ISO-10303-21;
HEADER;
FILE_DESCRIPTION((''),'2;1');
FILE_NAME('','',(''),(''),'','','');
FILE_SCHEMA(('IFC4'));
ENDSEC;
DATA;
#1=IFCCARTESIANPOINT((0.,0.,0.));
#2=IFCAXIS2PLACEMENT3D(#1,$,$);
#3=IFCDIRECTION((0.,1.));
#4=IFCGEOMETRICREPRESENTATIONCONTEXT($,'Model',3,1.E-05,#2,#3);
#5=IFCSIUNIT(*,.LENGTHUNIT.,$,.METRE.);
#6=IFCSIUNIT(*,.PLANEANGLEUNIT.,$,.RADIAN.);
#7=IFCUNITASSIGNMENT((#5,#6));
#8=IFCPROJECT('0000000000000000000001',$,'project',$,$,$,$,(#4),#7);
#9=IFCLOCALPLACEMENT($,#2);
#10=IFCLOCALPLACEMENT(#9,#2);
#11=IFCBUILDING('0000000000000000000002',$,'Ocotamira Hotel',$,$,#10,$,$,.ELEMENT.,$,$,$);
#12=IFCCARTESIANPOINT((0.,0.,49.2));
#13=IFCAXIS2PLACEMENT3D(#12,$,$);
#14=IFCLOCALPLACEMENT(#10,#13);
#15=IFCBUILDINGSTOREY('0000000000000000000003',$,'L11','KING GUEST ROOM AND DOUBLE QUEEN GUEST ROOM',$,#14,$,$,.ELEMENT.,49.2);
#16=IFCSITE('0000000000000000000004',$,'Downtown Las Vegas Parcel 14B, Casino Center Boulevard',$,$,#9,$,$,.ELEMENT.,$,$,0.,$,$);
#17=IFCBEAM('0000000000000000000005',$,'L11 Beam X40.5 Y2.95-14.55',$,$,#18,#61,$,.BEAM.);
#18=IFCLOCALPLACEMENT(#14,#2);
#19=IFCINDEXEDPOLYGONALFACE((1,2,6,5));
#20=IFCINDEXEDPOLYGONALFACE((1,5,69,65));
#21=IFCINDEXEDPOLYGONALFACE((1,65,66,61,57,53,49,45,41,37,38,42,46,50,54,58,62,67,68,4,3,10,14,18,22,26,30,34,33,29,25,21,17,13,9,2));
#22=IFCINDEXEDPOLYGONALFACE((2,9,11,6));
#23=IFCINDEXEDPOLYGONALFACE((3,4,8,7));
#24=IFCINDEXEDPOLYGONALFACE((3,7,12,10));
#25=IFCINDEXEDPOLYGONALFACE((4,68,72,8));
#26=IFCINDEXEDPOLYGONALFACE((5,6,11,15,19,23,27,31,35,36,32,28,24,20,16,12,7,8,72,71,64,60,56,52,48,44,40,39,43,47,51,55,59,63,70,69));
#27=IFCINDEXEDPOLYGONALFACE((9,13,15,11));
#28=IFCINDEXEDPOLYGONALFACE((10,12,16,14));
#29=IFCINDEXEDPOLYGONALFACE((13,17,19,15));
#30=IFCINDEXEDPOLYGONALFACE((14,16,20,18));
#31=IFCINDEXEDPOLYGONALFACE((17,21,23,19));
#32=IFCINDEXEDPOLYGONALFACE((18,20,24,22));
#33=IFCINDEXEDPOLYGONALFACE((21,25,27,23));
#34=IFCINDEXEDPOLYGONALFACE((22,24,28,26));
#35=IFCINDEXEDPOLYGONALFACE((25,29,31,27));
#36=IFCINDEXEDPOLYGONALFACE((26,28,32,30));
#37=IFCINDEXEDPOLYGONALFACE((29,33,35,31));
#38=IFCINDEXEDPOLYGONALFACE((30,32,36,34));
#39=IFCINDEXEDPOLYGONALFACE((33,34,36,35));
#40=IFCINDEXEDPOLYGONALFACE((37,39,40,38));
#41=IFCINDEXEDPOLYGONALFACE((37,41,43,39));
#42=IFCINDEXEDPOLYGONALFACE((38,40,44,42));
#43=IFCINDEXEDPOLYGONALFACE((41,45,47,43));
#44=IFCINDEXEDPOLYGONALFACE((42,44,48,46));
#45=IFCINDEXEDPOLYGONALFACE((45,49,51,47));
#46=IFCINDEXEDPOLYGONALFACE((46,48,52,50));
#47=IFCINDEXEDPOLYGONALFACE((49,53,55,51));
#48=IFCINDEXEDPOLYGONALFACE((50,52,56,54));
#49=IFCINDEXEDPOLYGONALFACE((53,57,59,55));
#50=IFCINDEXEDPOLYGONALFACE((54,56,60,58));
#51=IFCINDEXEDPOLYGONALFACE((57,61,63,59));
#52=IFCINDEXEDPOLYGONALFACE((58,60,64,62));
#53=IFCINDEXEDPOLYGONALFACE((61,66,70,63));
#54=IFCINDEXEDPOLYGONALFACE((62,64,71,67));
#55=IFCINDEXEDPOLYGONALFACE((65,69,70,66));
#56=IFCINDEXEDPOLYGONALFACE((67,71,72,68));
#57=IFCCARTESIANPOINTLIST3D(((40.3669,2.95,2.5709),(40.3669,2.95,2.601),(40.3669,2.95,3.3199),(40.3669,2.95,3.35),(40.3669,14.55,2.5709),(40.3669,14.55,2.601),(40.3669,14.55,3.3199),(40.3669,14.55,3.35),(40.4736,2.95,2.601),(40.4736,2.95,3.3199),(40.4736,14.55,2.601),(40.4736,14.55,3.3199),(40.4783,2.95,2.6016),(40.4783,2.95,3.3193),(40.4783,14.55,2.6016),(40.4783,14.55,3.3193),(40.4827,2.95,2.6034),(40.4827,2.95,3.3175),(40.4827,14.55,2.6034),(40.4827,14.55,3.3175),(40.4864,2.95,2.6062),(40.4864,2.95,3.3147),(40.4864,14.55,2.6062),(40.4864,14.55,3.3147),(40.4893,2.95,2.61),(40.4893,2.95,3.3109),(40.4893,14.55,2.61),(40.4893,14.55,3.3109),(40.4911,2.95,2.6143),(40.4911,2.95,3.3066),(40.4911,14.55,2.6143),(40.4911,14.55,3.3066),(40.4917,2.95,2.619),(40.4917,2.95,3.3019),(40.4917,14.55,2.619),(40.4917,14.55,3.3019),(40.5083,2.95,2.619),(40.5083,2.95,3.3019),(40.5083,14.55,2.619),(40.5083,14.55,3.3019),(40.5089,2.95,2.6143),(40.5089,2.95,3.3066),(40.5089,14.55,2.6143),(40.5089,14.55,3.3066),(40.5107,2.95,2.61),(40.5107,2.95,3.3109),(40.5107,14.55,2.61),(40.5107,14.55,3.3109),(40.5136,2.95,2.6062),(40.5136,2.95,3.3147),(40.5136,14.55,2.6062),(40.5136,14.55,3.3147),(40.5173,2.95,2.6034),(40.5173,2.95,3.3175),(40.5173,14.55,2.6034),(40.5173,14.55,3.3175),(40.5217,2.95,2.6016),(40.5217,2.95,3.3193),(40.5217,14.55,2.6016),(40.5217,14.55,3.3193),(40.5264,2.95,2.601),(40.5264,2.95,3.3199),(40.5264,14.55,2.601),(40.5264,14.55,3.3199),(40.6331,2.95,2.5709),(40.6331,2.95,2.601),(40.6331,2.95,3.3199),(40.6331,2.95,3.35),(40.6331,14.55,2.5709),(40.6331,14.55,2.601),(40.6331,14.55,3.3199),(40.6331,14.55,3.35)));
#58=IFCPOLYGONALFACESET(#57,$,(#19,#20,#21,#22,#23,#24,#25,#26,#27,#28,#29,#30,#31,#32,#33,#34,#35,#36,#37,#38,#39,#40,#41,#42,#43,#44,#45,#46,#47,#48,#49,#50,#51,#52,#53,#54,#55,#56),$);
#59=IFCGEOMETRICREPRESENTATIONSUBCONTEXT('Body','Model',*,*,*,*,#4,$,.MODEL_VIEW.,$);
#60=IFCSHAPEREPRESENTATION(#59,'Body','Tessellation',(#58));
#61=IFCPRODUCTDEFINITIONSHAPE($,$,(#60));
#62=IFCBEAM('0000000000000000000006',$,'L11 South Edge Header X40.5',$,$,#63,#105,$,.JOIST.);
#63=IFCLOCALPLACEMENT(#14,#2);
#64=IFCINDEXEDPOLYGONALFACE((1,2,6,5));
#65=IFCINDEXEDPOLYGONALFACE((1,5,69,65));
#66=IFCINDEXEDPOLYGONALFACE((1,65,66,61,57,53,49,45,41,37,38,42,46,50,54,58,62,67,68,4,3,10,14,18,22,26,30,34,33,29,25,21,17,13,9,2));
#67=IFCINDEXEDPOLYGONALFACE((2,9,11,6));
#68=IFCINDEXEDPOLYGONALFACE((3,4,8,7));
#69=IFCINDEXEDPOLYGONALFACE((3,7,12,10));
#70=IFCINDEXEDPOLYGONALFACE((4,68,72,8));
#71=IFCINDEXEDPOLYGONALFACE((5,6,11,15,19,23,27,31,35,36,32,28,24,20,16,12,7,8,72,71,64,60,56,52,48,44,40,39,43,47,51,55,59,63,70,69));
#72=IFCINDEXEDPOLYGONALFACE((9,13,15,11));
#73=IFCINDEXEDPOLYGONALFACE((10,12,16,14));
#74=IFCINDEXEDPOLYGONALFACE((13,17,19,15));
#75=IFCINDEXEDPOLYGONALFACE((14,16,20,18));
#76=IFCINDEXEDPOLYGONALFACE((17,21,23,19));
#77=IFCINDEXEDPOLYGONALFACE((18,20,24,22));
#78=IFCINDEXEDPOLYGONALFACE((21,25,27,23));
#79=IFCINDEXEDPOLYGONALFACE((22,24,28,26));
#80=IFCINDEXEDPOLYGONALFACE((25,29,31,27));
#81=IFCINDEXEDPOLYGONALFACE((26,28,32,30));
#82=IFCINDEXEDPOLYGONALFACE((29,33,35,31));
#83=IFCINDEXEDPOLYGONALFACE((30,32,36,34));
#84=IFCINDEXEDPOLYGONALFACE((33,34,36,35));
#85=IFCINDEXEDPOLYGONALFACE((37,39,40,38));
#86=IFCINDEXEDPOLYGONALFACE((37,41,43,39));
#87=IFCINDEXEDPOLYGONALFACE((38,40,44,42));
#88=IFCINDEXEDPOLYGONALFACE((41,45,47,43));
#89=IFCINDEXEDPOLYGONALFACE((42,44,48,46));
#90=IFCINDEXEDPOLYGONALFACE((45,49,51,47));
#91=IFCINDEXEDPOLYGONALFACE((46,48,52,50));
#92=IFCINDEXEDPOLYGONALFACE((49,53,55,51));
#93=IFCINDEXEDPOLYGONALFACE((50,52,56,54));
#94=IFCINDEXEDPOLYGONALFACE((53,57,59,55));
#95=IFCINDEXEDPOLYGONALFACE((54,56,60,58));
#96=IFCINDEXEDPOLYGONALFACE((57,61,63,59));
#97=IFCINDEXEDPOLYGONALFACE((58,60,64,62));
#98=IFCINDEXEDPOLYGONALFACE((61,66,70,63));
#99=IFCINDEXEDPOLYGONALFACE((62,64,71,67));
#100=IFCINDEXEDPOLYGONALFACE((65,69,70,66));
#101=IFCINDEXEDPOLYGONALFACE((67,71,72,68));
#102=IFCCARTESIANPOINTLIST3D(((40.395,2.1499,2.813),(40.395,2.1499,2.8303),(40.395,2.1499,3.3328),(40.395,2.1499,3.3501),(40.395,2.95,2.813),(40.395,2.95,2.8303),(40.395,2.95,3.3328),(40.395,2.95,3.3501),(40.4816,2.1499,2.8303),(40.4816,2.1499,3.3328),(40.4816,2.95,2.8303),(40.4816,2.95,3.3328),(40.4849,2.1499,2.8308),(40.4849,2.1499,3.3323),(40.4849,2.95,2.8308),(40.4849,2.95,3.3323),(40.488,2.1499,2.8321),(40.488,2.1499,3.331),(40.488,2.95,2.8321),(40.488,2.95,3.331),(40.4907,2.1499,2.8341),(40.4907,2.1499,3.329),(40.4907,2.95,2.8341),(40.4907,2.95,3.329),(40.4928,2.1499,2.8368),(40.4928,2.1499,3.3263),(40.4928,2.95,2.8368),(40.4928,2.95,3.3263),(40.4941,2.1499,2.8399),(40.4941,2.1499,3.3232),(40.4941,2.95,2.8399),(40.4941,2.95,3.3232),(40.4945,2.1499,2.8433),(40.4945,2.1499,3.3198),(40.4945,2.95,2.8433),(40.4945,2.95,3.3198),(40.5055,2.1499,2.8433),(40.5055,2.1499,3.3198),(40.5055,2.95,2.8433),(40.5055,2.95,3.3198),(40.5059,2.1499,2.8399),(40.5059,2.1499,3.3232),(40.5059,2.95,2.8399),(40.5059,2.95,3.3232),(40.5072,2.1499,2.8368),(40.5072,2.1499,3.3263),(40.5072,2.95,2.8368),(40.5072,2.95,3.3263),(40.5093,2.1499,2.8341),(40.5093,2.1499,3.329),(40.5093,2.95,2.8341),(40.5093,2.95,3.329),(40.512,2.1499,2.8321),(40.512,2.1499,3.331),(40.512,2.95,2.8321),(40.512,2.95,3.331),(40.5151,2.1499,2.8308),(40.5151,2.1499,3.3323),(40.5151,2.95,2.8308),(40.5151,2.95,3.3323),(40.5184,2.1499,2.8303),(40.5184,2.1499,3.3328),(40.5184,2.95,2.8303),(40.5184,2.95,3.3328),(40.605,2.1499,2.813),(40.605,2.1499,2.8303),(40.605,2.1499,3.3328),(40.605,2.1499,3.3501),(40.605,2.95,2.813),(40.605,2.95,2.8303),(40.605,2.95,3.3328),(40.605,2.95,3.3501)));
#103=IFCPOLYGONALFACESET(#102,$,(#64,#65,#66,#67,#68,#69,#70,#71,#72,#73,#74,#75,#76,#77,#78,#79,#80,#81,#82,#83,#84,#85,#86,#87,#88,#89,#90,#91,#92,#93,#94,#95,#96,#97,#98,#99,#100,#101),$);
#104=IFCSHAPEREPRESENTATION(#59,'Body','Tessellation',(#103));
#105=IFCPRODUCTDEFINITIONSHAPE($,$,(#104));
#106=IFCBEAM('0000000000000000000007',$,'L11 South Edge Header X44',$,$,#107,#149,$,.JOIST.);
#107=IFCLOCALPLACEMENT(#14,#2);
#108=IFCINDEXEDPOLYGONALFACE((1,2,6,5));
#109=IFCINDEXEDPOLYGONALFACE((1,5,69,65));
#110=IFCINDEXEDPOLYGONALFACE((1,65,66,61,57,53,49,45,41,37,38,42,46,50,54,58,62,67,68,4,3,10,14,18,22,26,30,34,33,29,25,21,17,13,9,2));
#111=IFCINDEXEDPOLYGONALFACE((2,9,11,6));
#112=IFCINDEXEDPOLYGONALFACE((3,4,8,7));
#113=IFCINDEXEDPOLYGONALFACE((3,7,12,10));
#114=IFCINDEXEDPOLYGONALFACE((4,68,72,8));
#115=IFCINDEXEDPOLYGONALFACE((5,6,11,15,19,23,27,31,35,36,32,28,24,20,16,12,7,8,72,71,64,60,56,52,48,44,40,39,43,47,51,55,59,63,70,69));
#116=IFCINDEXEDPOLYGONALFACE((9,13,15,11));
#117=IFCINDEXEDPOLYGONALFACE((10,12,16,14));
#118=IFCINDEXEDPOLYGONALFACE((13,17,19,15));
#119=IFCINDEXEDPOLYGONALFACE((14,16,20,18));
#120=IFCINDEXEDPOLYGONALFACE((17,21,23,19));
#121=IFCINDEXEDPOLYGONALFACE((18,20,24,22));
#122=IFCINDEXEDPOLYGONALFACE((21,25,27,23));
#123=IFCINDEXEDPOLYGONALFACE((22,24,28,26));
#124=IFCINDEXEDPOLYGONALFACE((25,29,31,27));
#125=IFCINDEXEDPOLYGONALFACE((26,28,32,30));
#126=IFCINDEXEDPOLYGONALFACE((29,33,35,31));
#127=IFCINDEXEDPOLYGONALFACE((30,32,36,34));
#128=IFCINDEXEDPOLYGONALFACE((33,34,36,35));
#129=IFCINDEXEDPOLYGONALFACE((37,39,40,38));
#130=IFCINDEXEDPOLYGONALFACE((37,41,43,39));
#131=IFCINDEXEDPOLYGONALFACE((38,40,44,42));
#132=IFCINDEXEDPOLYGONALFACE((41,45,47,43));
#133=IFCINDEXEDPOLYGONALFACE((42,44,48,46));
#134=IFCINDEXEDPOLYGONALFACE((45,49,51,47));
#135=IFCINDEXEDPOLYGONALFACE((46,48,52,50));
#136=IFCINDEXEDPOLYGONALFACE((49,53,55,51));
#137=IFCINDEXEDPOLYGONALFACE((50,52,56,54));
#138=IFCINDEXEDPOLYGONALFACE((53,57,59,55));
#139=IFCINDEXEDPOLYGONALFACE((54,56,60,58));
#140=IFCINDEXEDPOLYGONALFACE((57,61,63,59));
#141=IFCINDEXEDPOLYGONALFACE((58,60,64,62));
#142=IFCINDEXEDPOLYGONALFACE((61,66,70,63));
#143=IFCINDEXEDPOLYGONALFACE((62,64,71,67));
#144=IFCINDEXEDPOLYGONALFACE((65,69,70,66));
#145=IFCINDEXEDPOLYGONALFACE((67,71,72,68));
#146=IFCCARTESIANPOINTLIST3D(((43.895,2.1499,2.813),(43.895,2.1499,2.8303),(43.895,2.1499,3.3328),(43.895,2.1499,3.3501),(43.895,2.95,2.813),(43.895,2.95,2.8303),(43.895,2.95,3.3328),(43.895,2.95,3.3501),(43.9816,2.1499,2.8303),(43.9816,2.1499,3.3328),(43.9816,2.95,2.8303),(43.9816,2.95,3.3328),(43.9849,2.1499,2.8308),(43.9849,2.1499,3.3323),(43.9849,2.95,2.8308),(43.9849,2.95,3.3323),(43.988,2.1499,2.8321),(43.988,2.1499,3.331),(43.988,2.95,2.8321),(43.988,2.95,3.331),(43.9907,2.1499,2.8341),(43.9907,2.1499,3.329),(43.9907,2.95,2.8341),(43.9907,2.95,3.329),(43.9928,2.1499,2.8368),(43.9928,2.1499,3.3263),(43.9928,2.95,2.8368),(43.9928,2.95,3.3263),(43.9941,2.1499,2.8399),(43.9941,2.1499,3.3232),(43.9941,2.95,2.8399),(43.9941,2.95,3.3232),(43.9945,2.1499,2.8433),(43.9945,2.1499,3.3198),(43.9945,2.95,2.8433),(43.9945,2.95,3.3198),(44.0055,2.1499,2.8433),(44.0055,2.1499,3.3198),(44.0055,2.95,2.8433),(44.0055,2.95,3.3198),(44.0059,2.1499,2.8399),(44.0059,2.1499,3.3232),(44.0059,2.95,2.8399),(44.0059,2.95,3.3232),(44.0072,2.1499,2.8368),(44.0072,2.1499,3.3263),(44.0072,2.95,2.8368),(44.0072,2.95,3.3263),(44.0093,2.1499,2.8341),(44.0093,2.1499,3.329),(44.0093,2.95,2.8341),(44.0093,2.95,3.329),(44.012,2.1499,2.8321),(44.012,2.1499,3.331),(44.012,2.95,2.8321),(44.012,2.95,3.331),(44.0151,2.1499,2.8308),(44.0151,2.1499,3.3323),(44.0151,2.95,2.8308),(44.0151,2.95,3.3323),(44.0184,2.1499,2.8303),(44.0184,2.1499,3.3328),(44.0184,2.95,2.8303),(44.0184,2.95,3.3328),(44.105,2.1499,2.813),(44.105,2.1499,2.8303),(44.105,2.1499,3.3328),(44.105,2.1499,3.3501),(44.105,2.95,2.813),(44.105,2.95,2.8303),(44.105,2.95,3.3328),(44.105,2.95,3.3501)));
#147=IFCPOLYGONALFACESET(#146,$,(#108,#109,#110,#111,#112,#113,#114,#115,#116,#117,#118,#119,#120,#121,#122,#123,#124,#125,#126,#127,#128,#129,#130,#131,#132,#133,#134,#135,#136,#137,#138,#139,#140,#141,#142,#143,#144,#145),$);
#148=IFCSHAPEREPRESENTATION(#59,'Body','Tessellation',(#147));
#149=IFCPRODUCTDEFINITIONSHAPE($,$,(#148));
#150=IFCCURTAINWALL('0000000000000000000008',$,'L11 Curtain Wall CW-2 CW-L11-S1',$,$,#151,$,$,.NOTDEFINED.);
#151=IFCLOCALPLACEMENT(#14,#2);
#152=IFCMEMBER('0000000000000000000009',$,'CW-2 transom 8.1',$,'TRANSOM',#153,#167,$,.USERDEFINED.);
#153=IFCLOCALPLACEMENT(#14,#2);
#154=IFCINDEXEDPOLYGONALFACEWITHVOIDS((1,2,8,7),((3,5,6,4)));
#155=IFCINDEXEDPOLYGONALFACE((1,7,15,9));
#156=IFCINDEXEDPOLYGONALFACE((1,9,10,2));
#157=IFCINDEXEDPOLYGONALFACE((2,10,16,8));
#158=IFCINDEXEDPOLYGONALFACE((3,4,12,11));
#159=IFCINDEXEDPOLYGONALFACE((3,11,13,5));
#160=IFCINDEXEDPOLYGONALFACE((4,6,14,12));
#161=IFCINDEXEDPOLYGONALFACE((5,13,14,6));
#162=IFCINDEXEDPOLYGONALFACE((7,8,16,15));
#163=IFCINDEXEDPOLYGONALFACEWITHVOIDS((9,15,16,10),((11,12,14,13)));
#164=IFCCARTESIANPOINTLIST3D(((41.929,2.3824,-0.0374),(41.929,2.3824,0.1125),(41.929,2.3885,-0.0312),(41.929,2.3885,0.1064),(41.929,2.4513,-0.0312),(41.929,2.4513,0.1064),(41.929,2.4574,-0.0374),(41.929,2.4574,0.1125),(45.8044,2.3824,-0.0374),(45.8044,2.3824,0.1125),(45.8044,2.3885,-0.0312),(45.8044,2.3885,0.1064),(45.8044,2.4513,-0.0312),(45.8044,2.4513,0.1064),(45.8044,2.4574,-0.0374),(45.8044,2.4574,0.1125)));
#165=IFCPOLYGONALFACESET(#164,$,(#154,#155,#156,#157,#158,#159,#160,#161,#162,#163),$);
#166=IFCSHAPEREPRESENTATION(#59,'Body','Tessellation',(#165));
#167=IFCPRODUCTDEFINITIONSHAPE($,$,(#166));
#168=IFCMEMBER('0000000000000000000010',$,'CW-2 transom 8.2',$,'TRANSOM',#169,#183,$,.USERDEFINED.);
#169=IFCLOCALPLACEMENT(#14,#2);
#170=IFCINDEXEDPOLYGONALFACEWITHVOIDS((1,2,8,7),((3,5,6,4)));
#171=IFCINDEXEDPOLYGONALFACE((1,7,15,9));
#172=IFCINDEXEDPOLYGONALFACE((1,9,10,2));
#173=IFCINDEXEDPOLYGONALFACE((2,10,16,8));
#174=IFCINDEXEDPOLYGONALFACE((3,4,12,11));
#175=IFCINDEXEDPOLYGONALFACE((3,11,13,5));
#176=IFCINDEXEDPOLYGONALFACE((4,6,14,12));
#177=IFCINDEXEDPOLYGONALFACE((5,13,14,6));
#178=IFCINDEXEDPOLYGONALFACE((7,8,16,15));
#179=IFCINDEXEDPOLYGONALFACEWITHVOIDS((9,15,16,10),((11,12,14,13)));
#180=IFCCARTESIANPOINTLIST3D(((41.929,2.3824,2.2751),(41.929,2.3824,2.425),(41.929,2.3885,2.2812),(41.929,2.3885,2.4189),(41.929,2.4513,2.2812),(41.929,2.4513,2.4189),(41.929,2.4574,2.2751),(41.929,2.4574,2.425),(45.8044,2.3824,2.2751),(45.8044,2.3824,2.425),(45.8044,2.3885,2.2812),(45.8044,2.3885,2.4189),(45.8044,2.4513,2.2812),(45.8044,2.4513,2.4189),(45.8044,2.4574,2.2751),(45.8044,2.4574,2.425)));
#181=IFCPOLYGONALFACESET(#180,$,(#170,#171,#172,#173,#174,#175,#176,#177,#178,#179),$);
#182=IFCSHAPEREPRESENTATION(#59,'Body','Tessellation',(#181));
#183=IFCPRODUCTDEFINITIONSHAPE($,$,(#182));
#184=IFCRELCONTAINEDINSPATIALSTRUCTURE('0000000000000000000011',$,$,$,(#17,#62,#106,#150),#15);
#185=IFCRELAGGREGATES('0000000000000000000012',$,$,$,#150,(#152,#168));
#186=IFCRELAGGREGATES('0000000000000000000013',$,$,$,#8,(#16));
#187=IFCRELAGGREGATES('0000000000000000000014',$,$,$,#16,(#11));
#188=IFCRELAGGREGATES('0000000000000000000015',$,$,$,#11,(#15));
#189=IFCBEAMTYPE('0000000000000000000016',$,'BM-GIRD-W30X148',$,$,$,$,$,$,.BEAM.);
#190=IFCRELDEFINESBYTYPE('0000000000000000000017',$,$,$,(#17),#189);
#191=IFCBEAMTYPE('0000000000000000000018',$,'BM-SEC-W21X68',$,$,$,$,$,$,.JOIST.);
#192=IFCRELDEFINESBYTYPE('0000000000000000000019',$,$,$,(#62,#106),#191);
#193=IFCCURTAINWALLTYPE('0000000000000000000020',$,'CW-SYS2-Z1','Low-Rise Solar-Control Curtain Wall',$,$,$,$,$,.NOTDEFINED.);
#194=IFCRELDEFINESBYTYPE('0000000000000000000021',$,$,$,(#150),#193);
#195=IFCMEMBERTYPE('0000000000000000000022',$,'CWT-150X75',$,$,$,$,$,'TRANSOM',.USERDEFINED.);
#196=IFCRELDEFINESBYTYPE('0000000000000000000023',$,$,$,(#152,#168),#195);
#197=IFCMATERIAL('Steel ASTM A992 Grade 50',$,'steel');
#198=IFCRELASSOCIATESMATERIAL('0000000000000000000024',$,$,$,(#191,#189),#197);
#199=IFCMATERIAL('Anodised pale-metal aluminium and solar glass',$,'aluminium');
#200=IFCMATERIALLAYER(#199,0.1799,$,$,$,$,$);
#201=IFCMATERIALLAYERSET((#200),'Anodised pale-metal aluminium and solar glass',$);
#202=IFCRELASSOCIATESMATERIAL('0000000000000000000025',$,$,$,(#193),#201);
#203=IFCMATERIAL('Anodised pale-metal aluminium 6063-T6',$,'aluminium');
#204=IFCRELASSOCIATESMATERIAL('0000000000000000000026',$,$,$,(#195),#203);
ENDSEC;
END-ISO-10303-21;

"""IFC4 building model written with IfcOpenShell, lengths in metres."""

from ifc_helpers import new_model, si_unit, direction, frame, origin, origin_2d, place, context, subcontext, project, spatial, hollow_rectangle, i_section, extrude, source, transform, mapped, material, layer, layer_set, material_profile, profile_set, type_object, element, aggregate, save


model = new_model("IFC4")

# Units and contexts
model_context = context("Model", 3, precision=1e-05, world=origin(), true_north=direction((0.0, 1.0)))
body_context = subcontext(model_context, "Body", "Model", "MODEL_VIEW")
ifc_project = project(units=[si_unit("LENGTHUNIT", "METRE"), si_unit("PLANEANGLEUNIT", "RADIAN")], contexts=[model_context])

# Site, building, storey
site_placement = place(None, origin())
site = spatial("IfcSite", under=ifc_project, at=site_placement, Name="Downtown Las Vegas Parcel 14B, Casino Center Boulevard", CompositionType="ELEMENT", RefElevation=0.0)
building_placement = place(site_placement, origin())
building = spatial("IfcBuilding", under=site, at=building_placement, Name="Ocotamira Hotel", CompositionType="ELEMENT")
storey_placement = place(building_placement, frame((0.0, 0.0, 49.2)))
storey = spatial("IfcBuildingStorey", under=building, at=storey_placement, Name="L11", Description="KING GUEST ROOM AND DOUBLE QUEEN GUEST ROOM", CompositionType="ELEMENT", Elevation=49.2)

# Beams
ifc_material_1 = material(Name="Steel ASTM A992 Grade 50", Category="steel")
ifc_material_profile_1 = material_profile(ifc_material_1, i_section(OverallWidth=0.21, OverallDepth=0.5371, WebThickness=0.011, FlangeThickness=0.0173, FilletRadius=0.0129, at=origin_2d()), Name="W21X68")
ifc_profile_set_1 = profile_set([ifc_material_profile_1], Name="Steel ASTM A992 Grade 50")
beam_type_1 = type_object("IfcBeamType", Name="BM-SEC-W21X68", PredefinedType="JOIST", material=ifc_profile_set_1)
ifc_material_profile_2 = material_profile(ifc_material_1, i_section(OverallWidth=0.2661, OverallDepth=0.7791, WebThickness=0.0166, FlangeThickness=0.03, FilletRadius=0.0181, at=origin_2d()), Name="W30X148")
ifc_profile_set_2 = profile_set([ifc_material_profile_2], Name="Steel ASTM A992 Grade 50")
beam_type_2 = type_object("IfcBeamType", Name="BM-GIRD-W30X148", PredefinedType="BEAM", material=ifc_profile_set_2)
shared_shape_1 = source(origin(), body_context, "Body", "SweptSolid", [
    extrude(i_section(OverallWidth=0.2661, OverallDepth=0.7791, WebThickness=0.0166, FlangeThickness=0.03, FilletRadius=0.0181, at=origin_2d()), origin(), (0.0, 0.0, 1.0), 11.6001),
])
beam_1_placement = place(storey_placement, frame((40.5, 2.95, 2.9604), z_axis=(0.0, 1.0, 0.0), x_axis=(-1.0, 0.0, 0.0)))
element("IfcBeam", 1, at=beam_1_placement, inside=storey, type_object=beam_type_2, Name="L11 Beam X40.5 Y2.95-14.55", PredefinedType="BEAM", context=body_context, shape_type="MappedRepresentation", body=[
    mapped(shared_shape_1, transform((0.0, 0.0, 0.0), scale=1.0)),
])
shared_shape_2 = source(origin(), body_context, "Body", "SweptSolid", [
    extrude(i_section(OverallWidth=0.21, OverallDepth=0.5371, WebThickness=0.011, FlangeThickness=0.0173, FilletRadius=0.0129, at=origin_2d()), origin(), (0.0, 0.0, 1.0), 0.8),
])
for number, where, z_axis, x_axis, name in (
    (2, (40.5, 2.95, 3.0815), (0.0, -1.0, 0.0), (1.0, 0.0, 0.0), "L11 South Edge Header X40.5"),
    (3, (44.0, 2.95, 3.0815), (0.0, -1.0, 0.0), (1.0, 0.0, 0.0), "L11 South Edge Header X44"),
):
    element("IfcBeam", number, at=place(storey_placement, frame(where, z_axis=z_axis, x_axis=x_axis)), inside=storey, type_object=beam_type_1, Name=name, PredefinedType="JOIST", context=body_context, shape_type="MappedRepresentation", body=[
        mapped(shared_shape_2, transform((0.0, 0.0, 0.0), scale=1.0)),
    ])

# Curtain wall, members
ifc_material_2 = material(Name="Anodised pale-metal aluminium and solar glass", Category="aluminium")
ifc_layer_1 = layer(ifc_material_2, 0.1799)
ifc_layer_set_1 = layer_set([ifc_layer_1], Name="Anodised pale-metal aluminium and solar glass")
curtain_wall_type = type_object("IfcCurtainWallType", Name="CW-SYS2-Z1", Description="Low-Rise Solar-Control Curtain Wall", PredefinedType="NOTDEFINED", material=ifc_layer_set_1)
curtain_wall_placement = place(storey_placement, origin())
curtain_wall = element("IfcCurtainWall", 4, at=curtain_wall_placement, inside=storey, type_object=curtain_wall_type, Name="L11 Curtain Wall CW-2 CW-L11-S1", PredefinedType="NOTDEFINED")
ifc_material_3 = material(Name="Anodised pale-metal aluminium 6063-T6", Category="aluminium")
ifc_material_profile_3 = material_profile(ifc_material_3, hollow_rectangle(XDim=0.075, YDim=0.1499, WallThickness=0.0061, at=origin_2d()), Name="HSS150X75X6")
ifc_profile_set_3 = profile_set([ifc_material_profile_3], Name="Anodised pale-metal aluminium 6063-T6")
member_type_1 = type_object("IfcMemberType", Name="CWT-150X75", ElementType="TRANSOM", PredefinedType="USERDEFINED", material=ifc_profile_set_3)
shared_shape_3 = source(origin(), body_context, "Body", "SweptSolid", [
    extrude(hollow_rectangle(XDim=0.075, YDim=0.1499, WallThickness=0.0061, at=origin_2d()), origin(), (0.0, 0.0, 1.0), 3.8755),
])
member_1_placement = place(storey_placement, frame((41.929, 2.4199, 0.0376), z_axis=(1.0, 0.0, 0.0), x_axis=(0.0, 1.0, 0.0)))
member_1 = element("IfcMember", 5, at=member_1_placement, type_object=member_type_1, Name="CW-2 transom 8.1", ObjectType="TRANSOM", PredefinedType="USERDEFINED", context=body_context, shape_type="MappedRepresentation", body=[
    mapped(shared_shape_3, transform((0.0, 0.0, 0.0), scale=1.0)),
])
member_2_placement = place(storey_placement, frame((41.929, 2.4199, 2.3501), z_axis=(1.0, 0.0, 0.0), x_axis=(0.0, 1.0, 0.0)))
member_2 = element("IfcMember", 6, at=member_2_placement, type_object=member_type_1, Name="CW-2 transom 8.2", ObjectType="TRANSOM", PredefinedType="USERDEFINED", context=body_context, shape_type="MappedRepresentation", body=[
    mapped(shared_shape_3, transform((0.0, 0.0, 0.0), scale=1.0)),
])
aggregate(curtain_wall, [member_1, member_2])

save(model, "model.ifc")
